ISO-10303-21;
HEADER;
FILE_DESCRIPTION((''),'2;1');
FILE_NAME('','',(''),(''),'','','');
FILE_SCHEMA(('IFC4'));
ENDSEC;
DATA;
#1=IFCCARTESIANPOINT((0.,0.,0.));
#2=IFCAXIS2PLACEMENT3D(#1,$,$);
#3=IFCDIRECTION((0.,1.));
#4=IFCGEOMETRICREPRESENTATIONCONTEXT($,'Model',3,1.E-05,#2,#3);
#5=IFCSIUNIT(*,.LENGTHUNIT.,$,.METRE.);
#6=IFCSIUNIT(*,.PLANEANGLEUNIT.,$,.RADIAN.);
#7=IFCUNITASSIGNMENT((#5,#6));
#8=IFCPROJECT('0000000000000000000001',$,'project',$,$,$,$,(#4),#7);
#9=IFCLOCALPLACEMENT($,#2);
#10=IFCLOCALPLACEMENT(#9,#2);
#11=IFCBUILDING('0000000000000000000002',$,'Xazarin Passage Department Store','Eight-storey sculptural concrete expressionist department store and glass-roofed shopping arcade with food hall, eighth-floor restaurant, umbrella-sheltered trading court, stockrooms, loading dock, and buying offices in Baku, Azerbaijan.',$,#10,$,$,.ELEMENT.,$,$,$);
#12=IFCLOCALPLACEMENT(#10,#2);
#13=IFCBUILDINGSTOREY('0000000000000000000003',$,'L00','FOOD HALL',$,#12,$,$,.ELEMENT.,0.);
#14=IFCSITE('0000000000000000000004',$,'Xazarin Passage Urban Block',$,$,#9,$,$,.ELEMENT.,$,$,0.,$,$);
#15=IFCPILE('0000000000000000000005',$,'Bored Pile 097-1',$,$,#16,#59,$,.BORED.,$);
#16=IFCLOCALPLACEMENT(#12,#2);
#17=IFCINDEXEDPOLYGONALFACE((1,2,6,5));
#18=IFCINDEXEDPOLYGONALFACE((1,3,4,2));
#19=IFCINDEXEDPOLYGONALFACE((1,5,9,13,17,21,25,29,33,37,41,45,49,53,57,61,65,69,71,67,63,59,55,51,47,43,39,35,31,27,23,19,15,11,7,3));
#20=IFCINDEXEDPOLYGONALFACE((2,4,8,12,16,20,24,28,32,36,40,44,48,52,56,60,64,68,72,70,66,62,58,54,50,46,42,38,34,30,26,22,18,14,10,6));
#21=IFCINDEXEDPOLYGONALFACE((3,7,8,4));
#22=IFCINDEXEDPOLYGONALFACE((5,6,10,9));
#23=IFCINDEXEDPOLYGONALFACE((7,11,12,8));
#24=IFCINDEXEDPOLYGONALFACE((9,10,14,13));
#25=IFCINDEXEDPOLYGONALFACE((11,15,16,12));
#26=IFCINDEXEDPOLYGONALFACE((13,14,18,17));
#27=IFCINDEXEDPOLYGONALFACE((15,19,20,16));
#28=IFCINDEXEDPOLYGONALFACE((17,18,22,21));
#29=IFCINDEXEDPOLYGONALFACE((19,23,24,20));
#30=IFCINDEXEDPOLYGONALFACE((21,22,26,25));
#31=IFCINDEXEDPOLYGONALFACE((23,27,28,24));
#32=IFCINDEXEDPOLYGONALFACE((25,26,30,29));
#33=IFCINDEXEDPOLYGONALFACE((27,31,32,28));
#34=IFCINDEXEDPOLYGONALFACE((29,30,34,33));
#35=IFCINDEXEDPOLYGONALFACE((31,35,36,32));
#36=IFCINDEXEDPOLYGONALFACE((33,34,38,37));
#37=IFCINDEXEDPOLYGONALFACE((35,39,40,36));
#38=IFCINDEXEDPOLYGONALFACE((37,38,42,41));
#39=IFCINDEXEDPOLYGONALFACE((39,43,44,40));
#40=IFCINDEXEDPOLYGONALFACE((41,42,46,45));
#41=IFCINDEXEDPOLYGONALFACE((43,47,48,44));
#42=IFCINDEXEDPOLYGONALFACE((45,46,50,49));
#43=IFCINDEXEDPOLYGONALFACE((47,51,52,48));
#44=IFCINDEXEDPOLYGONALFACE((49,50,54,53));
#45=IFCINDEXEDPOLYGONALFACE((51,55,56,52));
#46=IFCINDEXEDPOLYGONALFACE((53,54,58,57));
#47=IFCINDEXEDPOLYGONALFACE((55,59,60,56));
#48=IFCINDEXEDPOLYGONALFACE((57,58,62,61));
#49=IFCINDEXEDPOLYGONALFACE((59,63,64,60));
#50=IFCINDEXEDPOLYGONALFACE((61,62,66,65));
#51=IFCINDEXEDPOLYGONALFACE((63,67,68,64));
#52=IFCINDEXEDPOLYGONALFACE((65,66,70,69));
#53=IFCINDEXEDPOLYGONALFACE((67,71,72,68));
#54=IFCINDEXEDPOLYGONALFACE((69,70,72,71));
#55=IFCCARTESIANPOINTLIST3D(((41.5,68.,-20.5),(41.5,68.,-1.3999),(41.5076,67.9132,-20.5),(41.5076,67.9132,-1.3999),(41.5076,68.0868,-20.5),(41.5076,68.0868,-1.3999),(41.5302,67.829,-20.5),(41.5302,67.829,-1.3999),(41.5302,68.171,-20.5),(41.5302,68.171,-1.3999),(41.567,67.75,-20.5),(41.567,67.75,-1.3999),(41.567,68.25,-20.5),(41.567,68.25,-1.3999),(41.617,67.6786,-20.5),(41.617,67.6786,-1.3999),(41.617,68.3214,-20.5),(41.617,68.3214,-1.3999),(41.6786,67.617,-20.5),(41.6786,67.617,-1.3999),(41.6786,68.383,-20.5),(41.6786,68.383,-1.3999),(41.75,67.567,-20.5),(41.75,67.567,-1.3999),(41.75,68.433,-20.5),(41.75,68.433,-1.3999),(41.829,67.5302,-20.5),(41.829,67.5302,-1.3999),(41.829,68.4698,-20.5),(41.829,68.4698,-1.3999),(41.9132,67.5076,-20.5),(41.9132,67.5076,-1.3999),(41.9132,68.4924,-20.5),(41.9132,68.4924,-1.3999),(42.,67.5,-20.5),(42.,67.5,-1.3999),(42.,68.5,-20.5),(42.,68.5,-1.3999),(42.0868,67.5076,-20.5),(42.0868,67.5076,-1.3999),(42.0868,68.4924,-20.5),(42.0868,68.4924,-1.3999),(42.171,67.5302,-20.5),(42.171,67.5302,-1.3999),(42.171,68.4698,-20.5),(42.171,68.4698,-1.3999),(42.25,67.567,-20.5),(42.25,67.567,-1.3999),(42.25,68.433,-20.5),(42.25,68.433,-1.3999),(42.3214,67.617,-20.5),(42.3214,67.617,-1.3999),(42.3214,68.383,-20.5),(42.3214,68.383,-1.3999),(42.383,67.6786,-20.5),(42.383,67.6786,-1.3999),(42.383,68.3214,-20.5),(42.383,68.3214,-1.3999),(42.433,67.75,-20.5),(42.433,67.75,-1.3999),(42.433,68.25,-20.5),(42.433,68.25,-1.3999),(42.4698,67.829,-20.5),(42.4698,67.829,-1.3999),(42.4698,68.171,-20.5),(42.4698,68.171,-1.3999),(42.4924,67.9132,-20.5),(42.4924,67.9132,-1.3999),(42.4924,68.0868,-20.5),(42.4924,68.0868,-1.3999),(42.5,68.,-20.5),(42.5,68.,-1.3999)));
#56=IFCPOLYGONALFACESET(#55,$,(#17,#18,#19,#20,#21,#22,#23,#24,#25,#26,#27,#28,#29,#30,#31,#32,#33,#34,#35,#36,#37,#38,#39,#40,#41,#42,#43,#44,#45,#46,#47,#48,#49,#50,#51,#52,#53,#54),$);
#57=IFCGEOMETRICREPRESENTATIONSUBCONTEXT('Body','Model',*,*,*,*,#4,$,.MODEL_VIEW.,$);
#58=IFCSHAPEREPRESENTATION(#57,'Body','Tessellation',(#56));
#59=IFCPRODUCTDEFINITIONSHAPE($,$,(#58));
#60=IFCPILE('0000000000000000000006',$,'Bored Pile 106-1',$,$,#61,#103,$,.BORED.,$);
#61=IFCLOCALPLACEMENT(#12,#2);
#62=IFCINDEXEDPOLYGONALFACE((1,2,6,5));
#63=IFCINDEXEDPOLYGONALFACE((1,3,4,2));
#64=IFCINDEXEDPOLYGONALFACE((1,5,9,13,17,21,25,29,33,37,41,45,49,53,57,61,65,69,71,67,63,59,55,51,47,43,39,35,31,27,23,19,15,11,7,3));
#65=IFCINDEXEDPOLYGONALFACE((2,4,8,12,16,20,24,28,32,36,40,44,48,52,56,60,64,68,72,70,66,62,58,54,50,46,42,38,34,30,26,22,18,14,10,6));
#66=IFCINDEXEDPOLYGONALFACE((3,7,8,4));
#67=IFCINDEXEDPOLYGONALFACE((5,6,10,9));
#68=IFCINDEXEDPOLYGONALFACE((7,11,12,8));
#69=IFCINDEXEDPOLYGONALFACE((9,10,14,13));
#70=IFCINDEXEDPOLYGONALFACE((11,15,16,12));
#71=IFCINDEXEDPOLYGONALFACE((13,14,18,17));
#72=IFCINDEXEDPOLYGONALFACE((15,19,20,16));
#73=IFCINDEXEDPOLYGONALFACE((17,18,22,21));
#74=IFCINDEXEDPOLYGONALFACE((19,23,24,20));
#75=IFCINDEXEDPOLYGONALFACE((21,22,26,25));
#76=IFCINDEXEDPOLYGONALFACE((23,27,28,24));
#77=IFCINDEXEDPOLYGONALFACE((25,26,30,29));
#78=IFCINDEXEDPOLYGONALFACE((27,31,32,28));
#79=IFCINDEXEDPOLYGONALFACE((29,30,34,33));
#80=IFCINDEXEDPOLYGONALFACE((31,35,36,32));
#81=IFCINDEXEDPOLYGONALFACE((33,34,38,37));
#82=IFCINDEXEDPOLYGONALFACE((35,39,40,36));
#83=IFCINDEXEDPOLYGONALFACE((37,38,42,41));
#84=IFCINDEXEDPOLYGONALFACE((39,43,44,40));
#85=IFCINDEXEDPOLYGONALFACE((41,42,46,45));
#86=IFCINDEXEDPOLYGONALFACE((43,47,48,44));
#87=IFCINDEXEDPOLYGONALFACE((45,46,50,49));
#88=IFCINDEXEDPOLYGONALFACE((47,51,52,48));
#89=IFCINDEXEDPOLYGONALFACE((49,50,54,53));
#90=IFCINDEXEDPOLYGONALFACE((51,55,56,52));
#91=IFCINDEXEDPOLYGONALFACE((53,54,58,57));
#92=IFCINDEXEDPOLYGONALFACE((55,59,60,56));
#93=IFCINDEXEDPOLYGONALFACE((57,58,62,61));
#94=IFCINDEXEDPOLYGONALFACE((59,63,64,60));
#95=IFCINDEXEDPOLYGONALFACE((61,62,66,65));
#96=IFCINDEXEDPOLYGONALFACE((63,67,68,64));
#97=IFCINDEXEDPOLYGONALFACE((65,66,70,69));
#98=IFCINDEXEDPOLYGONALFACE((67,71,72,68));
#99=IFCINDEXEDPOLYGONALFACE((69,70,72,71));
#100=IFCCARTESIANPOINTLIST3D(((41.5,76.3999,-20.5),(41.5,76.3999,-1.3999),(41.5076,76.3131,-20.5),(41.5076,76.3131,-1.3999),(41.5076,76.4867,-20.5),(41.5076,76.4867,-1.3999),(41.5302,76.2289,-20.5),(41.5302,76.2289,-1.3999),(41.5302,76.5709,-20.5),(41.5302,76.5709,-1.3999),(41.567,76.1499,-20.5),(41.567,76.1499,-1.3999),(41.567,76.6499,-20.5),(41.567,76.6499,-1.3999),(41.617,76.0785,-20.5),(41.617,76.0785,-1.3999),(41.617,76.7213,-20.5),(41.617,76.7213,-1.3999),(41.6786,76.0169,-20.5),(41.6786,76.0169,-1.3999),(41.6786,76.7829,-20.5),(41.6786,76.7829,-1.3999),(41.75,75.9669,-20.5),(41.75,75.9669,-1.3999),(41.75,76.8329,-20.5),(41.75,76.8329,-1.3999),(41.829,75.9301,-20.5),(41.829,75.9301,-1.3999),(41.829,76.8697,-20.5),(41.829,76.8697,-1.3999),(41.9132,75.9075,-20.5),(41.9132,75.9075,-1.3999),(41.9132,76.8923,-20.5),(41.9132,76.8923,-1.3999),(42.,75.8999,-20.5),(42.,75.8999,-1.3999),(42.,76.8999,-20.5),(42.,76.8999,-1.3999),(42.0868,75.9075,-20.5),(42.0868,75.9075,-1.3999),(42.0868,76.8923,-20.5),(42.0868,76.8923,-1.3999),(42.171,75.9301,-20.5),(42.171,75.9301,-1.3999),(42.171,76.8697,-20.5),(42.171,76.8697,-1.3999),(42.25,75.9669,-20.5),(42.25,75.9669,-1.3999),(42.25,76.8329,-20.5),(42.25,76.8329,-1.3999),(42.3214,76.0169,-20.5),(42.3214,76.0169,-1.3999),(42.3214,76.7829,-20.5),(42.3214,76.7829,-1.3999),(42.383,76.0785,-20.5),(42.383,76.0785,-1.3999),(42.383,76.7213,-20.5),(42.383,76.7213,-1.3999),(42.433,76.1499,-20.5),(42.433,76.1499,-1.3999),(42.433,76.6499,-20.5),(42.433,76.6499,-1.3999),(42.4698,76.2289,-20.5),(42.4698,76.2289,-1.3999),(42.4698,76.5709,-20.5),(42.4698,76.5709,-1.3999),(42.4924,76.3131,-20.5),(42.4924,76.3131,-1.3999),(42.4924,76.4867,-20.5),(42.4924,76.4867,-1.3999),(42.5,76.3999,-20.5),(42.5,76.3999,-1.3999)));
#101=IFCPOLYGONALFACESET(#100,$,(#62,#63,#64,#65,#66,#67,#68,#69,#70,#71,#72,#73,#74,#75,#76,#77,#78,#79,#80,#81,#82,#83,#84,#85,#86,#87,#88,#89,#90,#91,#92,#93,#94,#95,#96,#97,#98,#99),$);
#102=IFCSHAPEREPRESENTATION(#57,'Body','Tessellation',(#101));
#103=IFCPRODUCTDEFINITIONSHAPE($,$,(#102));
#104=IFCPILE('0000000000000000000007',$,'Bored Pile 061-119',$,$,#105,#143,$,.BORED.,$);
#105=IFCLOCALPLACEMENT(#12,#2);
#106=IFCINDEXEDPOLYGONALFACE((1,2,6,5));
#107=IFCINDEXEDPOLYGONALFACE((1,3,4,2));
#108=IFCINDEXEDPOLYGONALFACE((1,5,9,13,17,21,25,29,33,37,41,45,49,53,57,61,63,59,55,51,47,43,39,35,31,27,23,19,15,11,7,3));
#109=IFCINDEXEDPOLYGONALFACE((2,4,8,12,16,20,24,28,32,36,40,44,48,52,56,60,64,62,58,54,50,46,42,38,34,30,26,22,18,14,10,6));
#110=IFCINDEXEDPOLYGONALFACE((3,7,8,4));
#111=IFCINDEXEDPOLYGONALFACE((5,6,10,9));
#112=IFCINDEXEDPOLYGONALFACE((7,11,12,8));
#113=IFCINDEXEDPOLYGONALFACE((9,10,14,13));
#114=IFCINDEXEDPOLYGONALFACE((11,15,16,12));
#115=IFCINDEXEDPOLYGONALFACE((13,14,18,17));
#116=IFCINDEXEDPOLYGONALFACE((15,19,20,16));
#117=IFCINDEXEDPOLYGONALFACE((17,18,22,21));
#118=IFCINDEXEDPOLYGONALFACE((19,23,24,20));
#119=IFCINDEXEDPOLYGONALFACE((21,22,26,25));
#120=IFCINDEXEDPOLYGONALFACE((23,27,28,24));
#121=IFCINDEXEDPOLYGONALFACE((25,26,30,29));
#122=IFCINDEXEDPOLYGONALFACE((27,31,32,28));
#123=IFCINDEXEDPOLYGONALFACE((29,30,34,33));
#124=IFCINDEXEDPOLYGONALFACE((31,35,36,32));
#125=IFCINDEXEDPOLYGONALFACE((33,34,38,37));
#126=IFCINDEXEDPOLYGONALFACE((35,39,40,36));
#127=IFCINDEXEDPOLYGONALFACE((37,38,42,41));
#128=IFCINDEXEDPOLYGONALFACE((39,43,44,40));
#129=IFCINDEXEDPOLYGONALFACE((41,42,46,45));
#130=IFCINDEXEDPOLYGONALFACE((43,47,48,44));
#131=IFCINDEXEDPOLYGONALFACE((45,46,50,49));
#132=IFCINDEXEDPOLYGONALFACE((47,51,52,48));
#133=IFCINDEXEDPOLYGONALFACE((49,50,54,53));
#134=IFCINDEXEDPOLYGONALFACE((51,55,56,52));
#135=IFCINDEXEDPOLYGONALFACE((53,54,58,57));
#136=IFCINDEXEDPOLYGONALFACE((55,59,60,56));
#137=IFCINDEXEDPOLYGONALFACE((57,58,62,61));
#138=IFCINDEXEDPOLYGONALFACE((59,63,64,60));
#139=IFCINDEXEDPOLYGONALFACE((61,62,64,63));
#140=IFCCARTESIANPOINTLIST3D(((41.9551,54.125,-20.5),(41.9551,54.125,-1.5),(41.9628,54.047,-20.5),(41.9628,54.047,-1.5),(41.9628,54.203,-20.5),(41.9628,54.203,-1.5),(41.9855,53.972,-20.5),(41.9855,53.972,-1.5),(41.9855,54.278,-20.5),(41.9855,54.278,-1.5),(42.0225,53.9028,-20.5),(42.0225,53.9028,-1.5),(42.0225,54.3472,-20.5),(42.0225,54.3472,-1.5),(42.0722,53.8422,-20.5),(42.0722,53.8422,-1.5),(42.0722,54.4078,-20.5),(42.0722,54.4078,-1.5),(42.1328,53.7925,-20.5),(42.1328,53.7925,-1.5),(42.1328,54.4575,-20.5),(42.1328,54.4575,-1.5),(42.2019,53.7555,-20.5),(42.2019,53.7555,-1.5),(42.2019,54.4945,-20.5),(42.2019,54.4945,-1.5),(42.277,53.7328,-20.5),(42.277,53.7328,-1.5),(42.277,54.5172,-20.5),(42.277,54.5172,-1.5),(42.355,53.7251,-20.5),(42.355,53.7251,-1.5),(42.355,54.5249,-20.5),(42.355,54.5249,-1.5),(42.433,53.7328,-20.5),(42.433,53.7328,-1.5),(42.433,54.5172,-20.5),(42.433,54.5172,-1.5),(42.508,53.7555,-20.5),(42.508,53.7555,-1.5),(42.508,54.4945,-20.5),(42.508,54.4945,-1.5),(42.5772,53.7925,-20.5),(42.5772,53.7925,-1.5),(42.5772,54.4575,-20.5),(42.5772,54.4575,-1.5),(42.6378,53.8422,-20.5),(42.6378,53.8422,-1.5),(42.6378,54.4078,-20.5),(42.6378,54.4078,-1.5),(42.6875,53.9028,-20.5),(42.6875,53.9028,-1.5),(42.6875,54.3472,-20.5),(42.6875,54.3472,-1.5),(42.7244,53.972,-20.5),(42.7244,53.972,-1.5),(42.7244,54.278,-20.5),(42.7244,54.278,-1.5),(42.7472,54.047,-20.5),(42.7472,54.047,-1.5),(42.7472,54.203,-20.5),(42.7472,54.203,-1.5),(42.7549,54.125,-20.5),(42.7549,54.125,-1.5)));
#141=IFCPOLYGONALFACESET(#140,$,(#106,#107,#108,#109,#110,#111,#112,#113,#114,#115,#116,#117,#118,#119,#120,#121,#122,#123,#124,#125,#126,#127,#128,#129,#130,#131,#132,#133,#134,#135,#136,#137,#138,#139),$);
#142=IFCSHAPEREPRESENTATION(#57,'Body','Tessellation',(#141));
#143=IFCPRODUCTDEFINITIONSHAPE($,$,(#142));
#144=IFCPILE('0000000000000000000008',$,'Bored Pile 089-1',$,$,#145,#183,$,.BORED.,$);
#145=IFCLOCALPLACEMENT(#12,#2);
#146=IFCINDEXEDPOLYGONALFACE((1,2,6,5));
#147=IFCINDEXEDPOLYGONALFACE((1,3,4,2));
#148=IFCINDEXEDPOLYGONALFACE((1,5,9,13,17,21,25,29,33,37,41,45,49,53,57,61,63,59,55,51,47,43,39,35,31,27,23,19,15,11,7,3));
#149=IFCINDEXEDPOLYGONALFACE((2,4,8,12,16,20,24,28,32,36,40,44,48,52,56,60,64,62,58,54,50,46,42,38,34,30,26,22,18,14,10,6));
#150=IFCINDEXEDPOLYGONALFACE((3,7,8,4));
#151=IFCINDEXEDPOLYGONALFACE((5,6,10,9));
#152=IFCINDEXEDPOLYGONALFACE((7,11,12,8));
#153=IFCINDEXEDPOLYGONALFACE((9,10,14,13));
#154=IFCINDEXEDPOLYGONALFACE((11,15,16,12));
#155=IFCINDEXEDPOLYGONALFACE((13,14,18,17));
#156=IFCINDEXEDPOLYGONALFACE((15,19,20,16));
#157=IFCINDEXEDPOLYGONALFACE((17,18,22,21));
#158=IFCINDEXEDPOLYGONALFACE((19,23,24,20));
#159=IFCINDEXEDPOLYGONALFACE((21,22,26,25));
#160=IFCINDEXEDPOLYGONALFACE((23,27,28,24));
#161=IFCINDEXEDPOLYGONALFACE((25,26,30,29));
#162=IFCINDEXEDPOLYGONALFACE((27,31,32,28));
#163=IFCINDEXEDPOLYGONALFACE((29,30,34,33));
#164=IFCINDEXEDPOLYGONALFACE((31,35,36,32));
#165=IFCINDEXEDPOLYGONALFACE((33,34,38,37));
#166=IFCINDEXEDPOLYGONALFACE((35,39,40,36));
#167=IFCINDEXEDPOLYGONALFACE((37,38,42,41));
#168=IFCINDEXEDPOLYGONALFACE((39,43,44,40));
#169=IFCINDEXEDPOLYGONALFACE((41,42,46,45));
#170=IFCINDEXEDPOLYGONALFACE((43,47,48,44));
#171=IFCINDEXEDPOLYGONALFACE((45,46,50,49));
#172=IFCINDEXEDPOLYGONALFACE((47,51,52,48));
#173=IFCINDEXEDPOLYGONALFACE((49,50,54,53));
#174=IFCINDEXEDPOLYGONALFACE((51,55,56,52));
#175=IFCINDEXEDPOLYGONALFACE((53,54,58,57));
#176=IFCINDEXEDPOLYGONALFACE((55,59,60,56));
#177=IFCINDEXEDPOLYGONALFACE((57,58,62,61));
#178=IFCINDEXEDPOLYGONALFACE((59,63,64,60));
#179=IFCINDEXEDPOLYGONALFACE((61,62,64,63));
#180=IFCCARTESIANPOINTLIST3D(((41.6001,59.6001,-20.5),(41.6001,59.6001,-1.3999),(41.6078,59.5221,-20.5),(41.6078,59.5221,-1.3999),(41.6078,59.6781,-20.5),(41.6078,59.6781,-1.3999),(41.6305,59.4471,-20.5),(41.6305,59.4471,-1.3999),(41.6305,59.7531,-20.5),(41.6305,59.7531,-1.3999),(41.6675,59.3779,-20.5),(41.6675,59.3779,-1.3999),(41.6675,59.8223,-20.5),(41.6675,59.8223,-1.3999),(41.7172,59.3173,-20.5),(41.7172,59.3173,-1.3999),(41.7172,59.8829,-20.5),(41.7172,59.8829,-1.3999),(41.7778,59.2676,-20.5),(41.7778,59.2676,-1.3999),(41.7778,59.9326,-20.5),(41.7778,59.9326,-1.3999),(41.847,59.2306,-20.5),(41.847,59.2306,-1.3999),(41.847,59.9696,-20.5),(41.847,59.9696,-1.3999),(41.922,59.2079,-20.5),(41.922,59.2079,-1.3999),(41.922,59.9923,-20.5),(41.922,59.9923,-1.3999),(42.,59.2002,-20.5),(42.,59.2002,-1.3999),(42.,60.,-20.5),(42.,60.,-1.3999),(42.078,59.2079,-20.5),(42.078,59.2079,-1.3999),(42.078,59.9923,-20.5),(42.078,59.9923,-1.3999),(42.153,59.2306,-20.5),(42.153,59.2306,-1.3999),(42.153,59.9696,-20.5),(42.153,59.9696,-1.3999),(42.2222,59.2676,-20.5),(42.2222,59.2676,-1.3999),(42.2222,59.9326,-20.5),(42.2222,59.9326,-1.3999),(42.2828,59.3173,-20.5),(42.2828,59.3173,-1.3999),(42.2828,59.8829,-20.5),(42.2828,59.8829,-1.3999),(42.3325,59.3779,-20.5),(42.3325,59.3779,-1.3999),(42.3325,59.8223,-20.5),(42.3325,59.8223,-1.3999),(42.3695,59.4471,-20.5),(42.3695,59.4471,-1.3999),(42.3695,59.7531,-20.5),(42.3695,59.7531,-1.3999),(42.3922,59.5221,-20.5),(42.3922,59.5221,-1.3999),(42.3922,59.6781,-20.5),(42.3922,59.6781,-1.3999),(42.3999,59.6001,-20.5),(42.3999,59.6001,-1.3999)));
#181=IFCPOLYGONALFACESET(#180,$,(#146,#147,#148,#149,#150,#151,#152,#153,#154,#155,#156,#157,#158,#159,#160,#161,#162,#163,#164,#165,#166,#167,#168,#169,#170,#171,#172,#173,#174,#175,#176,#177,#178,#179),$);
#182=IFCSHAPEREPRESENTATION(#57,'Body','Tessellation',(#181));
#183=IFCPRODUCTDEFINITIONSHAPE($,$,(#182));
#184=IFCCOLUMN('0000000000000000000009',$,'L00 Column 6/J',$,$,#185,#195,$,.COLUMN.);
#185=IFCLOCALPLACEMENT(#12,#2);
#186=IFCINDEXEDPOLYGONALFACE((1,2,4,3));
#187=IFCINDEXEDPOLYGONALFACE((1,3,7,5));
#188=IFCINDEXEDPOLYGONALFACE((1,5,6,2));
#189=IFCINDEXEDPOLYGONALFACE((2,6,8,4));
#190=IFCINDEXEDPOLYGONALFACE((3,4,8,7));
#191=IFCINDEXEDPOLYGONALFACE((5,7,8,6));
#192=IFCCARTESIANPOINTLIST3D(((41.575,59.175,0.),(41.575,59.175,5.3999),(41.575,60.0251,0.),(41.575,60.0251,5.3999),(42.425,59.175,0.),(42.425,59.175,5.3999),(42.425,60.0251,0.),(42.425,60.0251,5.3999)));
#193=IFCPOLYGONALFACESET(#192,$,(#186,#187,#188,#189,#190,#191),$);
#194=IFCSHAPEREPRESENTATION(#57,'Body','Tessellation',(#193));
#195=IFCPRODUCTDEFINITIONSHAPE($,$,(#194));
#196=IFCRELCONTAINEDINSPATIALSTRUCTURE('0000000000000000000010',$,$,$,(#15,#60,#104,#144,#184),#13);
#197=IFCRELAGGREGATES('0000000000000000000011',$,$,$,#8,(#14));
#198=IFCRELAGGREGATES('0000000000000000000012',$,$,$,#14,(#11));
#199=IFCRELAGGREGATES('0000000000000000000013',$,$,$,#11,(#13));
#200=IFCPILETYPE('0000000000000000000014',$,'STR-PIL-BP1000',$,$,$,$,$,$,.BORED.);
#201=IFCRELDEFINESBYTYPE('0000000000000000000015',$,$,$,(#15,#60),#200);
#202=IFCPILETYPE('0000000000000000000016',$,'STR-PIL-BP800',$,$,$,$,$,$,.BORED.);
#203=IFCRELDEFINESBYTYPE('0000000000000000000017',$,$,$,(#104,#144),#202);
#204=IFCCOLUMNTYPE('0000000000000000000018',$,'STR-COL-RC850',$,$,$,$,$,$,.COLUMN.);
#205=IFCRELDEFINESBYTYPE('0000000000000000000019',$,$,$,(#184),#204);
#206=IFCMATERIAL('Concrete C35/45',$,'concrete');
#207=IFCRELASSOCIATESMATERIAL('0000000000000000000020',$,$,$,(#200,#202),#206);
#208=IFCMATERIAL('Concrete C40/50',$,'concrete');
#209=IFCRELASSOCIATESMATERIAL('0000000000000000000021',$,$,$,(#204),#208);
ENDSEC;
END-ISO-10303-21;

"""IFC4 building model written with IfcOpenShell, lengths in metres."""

from ifc_helpers import new_model, si_unit, direction, frame, origin, origin_2d, place, context, subcontext, project, spatial, rectangle, circle, extrude, material, material_profile, profile_set, type_object, element, save


model = new_model("IFC4")

# Units and contexts
model_context = context("Model", 3, precision=1e-05, world=origin(), true_north=direction((0.0, 1.0)))
body_context = subcontext(model_context, "Body", "Model", "MODEL_VIEW")
ifc_project = project(units=[si_unit("LENGTHUNIT", "METRE"), si_unit("PLANEANGLEUNIT", "RADIAN")], contexts=[model_context])

# Site, building, storey
site_placement = place(None, origin())
site = spatial("IfcSite", under=ifc_project, at=site_placement, Name="Xazarin Passage Urban Block", CompositionType="ELEMENT", RefElevation=0.0)
building_placement = place(site_placement, origin())
building = spatial("IfcBuilding", under=site, at=building_placement, Name="Xazarin Passage Department Store", Description="Eight-storey sculptural concrete expressionist department store and glass-roofed shopping arcade with food hall, eighth-floor restaurant, umbrella-sheltered trading court, stockrooms, loading dock, and buying offices in Baku, Azerbaijan.", CompositionType="ELEMENT")
storey_placement = place(building_placement, origin())
storey = spatial("IfcBuildingStorey", under=building, at=storey_placement, Name="L00", Description="FOOD HALL", CompositionType="ELEMENT", Elevation=0.0)

# Shared definitions
ifc_material_1 = material(Name="Concrete C35/45", Category="concrete")

# Piles
ifc_material_profile_1 = material_profile(ifc_material_1, circle(Radius=0.5, at=origin_2d()), Name="BP 1000")
ifc_profile_set_1 = profile_set([ifc_material_profile_1], Name="Concrete C35/45")
pile_type_1 = type_object("IfcPileType", Name="STR-PIL-BP1000", PredefinedType="BORED", material=ifc_profile_set_1)
for number, where, z_axis, x_axis, name in (
    (1, (42.0, 68.0, -1.3999), (0.0, 0.0, -1.0), (1.0, 0.0, 0.0), "Bored Pile 097-1"),
    (2, (42.0, 76.3999, -1.3999), (0.0, 0.0, -1.0), (1.0, 0.0, 0.0), "Bored Pile 106-1"),
):
    element("IfcPile", number, at=place(storey_placement, frame(where, z_axis=z_axis, x_axis=x_axis)), inside=storey, type_object=pile_type_1, Name=name, PredefinedType="BORED", context=body_context, shape_type="SweptSolid", body=[
        extrude(circle(Radius=0.5, at=origin_2d()), origin(), (0.0, 0.0, 1.0), 19.1001),
    ])
ifc_material_profile_2 = material_profile(ifc_material_1, circle(Radius=0.3999, at=origin_2d()), Name="BP 800")
ifc_profile_set_2 = profile_set([ifc_material_profile_2], Name="Concrete C35/45")
pile_type_2 = type_object("IfcPileType", Name="STR-PIL-BP800", PredefinedType="BORED", material=ifc_profile_set_2)
pile_1_placement = place(storey_placement, frame((42.355, 54.125, -1.5), z_axis=(0.0, 0.0, -1.0), x_axis=(1.0, 0.0, 0.0)))
element("IfcPile", 3, at=pile_1_placement, inside=storey, type_object=pile_type_2, Name="Bored Pile 061-119", PredefinedType="BORED", context=body_context, shape_type="SweptSolid", body=[
    extrude(circle(Radius=0.3999, at=origin_2d()), origin(), (0.0, 0.0, 1.0), 19.0),
])
pile_2_placement = place(storey_placement, frame((42.0, 59.6001, -1.3999), z_axis=(0.0, 0.0, -1.0), x_axis=(1.0, 0.0, 0.0)))
element("IfcPile", 4, at=pile_2_placement, inside=storey, type_object=pile_type_2, Name="Bored Pile 089-1", PredefinedType="BORED", context=body_context, shape_type="SweptSolid", body=[
    extrude(circle(Radius=0.3999, at=origin_2d()), origin(), (0.0, 0.0, 1.0), 19.1001),
])

# Column
ifc_material_2 = material(Name="Concrete C40/50", Category="concrete")
ifc_material_profile_3 = material_profile(ifc_material_2, rectangle(XDim=0.8501, YDim=0.8501, at=origin_2d()), Name="RC 850x850")
ifc_profile_set_3 = profile_set([ifc_material_profile_3], Name="Concrete C40/50")
column_type = type_object("IfcColumnType", Name="STR-COL-RC850", PredefinedType="COLUMN", material=ifc_profile_set_3)
for number, where, z_axis, x_axis, name in (
    (5, (42.0, 59.6001, 0.0), (0.0, 0.0, 1.0), (1.0, 0.0, 0.0), "L00 Column 6/J"),
):
    element("IfcColumn", number, at=place(storey_placement, frame(where, z_axis=z_axis, x_axis=x_axis)), inside=storey, type_object=column_type, Name=name, PredefinedType="COLUMN", context=body_context, shape_type="SweptSolid", body=[
        extrude(rectangle(XDim=0.8501, YDim=0.8501, at=origin_2d()), origin(), (0.0, 0.0, 1.0), 5.3999),
    ])

save(model, "model.ifc")
